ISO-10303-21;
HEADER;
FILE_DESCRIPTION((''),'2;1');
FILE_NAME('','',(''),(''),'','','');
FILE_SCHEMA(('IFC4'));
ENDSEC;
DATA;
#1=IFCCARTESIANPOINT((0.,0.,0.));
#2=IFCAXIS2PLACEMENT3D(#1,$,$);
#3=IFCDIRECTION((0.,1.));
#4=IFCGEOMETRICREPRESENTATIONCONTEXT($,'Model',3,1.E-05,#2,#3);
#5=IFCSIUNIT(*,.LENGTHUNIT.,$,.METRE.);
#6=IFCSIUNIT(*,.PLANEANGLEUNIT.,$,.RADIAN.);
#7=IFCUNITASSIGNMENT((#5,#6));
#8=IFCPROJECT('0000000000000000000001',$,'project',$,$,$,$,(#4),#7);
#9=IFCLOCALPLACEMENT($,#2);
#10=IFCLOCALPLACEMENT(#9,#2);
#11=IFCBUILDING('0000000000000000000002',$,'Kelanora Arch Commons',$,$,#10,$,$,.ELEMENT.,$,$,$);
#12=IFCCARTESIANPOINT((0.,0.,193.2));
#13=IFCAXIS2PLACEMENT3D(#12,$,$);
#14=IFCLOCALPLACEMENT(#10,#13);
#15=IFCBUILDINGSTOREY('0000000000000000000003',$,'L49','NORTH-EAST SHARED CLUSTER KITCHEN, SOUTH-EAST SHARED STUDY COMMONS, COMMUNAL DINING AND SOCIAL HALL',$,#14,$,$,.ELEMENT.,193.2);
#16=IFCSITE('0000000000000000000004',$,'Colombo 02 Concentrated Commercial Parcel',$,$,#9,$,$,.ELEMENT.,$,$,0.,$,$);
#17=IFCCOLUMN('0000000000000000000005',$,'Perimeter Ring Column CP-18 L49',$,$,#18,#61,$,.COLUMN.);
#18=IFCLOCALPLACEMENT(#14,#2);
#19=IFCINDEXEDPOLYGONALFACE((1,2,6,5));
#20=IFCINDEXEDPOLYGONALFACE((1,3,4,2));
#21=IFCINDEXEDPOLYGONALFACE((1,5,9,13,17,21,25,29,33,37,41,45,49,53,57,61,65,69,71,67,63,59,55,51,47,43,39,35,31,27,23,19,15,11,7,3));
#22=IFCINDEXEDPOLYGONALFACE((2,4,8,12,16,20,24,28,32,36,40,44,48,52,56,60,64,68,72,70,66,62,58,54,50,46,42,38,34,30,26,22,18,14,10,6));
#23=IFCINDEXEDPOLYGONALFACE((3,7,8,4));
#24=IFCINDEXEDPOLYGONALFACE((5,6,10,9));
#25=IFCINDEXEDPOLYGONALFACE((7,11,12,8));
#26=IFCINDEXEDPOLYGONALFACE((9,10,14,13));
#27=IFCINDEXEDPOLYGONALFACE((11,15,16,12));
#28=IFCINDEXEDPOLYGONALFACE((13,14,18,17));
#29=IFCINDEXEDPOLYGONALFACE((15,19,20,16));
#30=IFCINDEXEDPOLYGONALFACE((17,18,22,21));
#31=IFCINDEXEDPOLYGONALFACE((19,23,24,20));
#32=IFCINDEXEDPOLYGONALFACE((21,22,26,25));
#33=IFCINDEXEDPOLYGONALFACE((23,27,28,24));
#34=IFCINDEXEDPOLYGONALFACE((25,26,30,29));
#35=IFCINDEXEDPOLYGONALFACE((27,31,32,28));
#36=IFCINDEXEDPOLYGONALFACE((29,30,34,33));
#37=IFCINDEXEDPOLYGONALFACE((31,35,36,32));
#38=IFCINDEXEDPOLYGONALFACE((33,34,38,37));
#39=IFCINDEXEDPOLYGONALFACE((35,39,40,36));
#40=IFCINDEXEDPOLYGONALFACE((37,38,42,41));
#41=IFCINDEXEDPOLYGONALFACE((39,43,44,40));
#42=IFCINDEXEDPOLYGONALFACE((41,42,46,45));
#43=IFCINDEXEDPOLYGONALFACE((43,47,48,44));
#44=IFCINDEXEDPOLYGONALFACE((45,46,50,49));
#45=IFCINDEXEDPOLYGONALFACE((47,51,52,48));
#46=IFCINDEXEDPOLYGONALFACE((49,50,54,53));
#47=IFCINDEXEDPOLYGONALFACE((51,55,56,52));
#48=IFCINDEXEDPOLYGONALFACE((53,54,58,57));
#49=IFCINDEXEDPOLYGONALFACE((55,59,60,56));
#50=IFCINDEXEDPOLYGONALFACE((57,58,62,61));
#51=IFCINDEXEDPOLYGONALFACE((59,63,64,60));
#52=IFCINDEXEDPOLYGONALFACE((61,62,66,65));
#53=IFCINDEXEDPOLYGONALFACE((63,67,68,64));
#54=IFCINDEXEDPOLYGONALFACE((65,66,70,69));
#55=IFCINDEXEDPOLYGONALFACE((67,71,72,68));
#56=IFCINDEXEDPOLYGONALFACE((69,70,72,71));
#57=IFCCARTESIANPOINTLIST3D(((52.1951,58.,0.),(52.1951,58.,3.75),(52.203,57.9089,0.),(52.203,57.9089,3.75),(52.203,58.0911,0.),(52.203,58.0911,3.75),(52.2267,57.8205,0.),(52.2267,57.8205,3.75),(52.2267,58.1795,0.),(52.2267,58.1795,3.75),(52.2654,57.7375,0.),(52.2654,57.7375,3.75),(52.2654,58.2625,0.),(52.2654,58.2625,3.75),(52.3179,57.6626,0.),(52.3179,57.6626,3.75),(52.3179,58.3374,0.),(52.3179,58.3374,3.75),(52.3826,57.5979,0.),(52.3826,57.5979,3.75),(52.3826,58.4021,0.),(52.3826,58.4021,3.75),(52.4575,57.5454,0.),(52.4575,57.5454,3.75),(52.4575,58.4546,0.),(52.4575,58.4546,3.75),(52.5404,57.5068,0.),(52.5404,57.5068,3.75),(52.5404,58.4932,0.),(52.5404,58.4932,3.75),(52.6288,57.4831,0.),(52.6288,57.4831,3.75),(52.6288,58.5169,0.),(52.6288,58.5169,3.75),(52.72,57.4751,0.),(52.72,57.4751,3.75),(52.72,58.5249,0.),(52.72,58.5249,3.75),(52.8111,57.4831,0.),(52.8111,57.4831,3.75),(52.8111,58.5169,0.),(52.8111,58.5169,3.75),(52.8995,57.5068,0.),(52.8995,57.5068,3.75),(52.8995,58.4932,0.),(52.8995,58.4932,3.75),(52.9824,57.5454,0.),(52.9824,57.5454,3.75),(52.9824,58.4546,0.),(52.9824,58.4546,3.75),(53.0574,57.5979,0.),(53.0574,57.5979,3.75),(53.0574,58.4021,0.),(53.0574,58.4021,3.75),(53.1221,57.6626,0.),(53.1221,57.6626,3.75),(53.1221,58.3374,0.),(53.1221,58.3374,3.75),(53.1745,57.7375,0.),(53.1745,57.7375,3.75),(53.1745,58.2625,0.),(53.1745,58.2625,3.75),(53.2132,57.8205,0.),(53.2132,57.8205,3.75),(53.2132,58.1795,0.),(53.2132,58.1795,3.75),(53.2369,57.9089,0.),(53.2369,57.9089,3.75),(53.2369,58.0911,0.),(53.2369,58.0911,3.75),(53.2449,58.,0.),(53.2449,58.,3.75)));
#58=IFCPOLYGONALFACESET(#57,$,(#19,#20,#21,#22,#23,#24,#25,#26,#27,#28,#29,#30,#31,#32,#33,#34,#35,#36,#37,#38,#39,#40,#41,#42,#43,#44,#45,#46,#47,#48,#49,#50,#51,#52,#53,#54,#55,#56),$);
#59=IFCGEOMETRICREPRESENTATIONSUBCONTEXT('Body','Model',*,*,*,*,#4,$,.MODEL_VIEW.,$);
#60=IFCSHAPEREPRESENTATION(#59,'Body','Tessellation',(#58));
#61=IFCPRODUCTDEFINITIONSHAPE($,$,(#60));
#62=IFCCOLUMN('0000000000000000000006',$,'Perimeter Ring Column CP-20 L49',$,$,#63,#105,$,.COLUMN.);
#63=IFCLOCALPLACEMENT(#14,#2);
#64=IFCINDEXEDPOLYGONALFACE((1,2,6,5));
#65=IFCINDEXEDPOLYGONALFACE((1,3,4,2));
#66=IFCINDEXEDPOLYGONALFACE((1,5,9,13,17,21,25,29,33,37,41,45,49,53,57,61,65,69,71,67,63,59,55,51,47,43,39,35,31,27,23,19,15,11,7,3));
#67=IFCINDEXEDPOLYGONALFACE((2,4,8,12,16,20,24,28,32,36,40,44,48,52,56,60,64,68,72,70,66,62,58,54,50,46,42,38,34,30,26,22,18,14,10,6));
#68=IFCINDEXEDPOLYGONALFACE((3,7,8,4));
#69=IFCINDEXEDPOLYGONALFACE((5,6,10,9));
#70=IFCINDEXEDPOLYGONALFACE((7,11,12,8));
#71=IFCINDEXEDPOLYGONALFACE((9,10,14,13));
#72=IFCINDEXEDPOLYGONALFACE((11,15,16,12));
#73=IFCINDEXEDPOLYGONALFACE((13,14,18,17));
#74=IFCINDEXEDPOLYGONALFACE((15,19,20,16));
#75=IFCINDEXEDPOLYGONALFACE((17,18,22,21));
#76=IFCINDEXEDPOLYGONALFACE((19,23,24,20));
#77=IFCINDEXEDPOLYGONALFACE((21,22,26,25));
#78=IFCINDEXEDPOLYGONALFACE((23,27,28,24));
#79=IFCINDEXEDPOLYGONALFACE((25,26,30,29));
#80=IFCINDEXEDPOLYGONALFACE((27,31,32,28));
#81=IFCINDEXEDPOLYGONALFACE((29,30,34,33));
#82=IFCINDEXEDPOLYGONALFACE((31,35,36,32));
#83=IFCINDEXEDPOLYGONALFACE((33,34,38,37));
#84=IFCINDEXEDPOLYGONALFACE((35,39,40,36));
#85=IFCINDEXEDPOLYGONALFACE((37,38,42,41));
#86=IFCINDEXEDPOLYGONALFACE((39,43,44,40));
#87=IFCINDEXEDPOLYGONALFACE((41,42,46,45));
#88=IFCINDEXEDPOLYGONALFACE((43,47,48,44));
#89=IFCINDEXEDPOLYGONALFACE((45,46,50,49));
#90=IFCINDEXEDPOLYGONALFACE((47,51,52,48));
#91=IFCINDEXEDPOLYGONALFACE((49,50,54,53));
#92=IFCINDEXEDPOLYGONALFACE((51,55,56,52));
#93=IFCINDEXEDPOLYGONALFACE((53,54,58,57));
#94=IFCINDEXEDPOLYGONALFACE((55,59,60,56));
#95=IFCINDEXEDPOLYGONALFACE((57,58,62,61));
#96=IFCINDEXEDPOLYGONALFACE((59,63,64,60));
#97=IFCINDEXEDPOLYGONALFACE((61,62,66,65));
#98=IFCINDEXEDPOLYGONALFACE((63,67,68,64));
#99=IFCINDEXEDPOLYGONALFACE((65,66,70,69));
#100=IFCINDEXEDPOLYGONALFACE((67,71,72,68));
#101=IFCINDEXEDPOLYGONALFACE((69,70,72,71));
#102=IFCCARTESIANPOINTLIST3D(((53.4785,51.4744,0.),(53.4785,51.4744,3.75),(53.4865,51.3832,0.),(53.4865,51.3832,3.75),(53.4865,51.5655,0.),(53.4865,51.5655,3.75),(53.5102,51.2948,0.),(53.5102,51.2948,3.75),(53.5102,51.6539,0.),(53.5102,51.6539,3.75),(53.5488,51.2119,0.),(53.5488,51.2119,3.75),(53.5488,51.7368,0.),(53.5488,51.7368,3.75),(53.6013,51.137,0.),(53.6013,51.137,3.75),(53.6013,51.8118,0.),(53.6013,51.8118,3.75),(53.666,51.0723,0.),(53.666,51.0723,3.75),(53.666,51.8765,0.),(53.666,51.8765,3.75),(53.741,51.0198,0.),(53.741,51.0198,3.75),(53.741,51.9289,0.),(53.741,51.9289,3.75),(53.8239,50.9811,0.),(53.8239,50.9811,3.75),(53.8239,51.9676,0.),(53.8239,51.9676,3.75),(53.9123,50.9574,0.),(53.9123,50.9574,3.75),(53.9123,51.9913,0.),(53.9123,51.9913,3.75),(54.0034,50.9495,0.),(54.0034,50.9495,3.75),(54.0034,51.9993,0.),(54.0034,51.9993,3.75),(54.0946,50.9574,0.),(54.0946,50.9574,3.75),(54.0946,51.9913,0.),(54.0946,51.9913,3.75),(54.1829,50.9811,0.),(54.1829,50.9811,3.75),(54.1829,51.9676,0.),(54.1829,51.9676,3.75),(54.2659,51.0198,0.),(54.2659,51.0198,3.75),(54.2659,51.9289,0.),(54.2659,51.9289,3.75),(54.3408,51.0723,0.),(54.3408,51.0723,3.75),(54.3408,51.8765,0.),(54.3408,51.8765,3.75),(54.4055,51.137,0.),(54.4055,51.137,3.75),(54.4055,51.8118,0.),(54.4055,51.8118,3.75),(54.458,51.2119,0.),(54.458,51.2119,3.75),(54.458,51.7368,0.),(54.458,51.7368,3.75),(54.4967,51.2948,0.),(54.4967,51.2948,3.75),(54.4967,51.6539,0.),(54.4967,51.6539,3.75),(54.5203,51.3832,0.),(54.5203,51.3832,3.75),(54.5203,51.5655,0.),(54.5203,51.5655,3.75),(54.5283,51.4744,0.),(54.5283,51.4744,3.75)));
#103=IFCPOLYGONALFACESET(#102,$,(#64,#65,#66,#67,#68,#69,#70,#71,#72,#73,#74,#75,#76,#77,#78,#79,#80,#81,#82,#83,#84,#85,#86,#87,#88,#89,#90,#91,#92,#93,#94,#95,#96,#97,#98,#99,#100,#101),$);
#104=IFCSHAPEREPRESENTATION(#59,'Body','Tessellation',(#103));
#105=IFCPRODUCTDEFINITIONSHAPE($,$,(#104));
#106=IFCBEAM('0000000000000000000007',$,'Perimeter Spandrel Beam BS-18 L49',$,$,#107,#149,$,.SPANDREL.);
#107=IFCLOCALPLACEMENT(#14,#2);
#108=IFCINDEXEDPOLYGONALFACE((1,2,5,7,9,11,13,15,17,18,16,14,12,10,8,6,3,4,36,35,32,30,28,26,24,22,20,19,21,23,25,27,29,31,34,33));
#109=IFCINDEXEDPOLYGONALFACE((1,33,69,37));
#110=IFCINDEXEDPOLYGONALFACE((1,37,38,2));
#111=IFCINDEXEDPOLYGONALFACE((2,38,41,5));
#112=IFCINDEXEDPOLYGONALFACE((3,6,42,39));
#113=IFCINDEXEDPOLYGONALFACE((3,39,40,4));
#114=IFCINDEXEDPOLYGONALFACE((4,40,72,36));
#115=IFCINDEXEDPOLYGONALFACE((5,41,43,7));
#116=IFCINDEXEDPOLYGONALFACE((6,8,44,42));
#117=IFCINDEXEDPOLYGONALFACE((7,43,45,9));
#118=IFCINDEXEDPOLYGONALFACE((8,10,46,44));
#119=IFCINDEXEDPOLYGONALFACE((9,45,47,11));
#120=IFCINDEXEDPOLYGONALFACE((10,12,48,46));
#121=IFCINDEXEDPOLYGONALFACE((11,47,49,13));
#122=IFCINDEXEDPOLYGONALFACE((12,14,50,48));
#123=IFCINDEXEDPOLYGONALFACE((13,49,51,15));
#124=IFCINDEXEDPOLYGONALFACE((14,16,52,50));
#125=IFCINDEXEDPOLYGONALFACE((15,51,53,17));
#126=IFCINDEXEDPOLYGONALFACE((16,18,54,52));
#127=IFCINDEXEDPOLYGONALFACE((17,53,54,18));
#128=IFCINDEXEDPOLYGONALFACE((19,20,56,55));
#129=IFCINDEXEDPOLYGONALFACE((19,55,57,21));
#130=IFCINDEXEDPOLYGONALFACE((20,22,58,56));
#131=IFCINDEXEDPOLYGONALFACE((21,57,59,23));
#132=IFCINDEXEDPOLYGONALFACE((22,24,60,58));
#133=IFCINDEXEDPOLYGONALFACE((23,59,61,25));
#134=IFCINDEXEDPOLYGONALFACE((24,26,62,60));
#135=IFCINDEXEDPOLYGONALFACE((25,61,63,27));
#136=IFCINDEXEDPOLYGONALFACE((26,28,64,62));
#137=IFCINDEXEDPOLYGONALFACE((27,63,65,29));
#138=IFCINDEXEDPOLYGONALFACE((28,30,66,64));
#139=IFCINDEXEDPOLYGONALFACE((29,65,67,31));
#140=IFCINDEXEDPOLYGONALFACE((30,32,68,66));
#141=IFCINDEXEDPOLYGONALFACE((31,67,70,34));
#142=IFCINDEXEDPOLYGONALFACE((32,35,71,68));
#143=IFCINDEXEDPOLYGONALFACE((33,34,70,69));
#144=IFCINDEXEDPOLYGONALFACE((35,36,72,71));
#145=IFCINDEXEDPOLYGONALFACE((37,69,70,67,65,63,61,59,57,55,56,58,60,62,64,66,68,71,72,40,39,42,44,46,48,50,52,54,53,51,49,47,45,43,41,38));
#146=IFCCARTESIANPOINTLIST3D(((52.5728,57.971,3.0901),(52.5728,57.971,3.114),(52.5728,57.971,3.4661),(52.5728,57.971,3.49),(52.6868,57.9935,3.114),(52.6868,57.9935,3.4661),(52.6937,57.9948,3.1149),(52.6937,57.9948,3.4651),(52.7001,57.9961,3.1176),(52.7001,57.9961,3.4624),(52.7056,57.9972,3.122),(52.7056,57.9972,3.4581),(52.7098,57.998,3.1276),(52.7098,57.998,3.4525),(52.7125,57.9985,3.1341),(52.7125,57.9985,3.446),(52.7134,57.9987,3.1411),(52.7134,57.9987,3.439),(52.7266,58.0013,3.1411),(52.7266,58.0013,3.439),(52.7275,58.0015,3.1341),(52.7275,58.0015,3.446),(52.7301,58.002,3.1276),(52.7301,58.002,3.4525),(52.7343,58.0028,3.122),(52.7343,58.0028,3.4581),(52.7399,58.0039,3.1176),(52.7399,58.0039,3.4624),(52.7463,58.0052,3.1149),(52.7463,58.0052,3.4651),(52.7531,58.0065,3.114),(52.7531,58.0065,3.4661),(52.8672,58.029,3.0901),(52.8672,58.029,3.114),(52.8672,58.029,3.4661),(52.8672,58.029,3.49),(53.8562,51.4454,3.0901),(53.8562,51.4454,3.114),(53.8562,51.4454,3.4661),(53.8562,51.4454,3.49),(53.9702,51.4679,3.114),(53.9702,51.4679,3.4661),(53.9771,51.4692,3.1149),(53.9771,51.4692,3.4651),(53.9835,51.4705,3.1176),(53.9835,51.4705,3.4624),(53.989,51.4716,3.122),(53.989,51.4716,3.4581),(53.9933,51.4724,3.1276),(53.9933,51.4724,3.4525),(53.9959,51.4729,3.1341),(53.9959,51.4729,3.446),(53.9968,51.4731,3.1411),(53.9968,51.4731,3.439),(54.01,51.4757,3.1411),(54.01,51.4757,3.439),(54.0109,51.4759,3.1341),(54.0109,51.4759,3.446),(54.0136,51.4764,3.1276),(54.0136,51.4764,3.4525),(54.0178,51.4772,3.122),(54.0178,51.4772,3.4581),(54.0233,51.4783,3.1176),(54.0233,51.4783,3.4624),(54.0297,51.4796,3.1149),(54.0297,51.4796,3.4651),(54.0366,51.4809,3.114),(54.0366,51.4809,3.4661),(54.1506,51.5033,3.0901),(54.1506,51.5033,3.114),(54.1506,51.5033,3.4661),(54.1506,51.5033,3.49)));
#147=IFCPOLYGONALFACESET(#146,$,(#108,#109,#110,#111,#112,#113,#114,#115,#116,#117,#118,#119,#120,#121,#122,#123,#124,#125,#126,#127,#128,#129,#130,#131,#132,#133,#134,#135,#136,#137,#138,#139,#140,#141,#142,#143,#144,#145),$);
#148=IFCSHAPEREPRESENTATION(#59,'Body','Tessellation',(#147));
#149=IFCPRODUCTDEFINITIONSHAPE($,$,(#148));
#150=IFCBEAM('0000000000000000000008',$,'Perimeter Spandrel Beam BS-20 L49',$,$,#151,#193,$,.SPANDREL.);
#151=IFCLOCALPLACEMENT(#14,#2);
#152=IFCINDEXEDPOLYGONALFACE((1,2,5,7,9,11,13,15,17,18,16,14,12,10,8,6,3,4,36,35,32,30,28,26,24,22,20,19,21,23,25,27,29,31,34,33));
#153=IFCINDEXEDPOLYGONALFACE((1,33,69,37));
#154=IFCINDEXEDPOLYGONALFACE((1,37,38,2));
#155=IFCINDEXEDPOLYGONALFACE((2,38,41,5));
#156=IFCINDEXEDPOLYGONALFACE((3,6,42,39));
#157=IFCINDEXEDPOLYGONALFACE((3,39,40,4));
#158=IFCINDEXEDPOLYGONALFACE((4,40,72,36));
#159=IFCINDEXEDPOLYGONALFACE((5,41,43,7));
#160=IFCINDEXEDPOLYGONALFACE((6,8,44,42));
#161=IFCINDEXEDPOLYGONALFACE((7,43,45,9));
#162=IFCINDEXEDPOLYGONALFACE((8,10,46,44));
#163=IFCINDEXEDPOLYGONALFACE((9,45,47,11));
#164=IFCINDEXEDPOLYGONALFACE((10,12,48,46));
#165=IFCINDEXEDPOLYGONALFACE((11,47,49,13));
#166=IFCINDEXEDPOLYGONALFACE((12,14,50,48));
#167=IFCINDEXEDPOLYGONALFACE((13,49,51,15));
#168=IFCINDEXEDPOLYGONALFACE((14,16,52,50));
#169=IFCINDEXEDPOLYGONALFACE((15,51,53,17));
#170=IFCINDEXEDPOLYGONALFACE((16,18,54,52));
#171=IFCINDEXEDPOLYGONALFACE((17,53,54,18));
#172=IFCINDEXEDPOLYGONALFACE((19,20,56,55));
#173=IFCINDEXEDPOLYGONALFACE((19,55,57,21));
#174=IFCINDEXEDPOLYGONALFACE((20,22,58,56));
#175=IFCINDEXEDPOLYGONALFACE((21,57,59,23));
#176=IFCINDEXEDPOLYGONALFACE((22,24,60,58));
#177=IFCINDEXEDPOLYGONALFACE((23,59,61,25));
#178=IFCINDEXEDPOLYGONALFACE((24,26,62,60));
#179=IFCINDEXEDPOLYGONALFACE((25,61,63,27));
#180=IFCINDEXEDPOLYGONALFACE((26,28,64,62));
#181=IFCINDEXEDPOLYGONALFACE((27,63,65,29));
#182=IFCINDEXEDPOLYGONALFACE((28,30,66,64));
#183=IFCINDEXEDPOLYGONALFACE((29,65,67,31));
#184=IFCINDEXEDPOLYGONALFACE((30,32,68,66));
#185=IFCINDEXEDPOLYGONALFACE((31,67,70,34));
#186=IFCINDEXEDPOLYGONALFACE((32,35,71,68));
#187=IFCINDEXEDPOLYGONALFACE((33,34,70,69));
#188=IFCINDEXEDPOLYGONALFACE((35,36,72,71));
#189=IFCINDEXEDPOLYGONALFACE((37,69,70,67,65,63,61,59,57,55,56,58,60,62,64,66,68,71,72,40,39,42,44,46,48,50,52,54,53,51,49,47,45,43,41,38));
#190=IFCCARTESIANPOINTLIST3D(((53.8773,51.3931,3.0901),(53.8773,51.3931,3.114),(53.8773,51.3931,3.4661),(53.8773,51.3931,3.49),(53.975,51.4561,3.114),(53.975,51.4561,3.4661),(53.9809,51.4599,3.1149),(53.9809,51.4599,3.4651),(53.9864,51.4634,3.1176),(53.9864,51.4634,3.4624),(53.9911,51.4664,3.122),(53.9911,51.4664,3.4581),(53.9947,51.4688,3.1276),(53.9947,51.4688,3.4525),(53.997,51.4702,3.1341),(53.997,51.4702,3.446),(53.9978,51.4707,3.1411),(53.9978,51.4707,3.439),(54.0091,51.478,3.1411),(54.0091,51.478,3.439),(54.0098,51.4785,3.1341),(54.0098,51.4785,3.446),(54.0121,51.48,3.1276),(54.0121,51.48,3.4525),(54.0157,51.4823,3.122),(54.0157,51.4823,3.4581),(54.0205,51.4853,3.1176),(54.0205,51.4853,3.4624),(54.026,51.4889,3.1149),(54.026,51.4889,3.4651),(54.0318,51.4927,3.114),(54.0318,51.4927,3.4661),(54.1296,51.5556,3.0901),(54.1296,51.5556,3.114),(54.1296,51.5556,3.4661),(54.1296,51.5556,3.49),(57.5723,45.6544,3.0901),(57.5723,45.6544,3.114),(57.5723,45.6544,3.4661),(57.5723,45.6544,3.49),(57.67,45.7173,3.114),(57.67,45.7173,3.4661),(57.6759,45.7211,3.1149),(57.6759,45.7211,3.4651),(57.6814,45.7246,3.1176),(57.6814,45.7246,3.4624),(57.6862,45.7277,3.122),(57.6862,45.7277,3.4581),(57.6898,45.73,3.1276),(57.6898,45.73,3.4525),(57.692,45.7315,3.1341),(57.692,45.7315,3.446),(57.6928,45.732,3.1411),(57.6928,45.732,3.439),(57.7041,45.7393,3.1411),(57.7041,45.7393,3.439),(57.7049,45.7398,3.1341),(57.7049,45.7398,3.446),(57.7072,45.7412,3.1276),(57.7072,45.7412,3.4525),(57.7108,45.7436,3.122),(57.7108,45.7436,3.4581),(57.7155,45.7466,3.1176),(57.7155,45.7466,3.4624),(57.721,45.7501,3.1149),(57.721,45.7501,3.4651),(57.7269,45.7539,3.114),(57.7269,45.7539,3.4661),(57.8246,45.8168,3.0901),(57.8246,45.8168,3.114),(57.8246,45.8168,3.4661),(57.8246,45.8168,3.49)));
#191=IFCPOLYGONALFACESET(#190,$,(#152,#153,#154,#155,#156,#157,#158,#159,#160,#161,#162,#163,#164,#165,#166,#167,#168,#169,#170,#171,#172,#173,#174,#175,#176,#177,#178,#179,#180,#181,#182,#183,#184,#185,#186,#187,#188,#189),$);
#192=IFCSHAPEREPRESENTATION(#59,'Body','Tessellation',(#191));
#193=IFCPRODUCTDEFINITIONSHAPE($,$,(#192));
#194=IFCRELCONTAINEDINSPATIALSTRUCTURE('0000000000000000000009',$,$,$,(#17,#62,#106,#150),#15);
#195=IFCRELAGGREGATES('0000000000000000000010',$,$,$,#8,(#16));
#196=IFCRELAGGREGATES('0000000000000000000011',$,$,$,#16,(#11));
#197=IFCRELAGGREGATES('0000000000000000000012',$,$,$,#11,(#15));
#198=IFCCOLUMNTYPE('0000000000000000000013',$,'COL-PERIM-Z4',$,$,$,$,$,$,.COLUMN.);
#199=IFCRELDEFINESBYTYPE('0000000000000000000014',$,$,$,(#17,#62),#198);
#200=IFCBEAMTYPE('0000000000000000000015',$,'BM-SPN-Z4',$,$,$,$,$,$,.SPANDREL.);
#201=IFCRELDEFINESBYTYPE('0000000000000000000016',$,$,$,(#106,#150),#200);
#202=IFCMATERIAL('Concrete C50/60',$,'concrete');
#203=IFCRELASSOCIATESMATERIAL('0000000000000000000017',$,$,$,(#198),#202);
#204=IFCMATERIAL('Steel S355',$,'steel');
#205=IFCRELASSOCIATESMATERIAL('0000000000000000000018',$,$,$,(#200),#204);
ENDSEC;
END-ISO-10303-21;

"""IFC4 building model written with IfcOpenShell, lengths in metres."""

from ifc_helpers import new_model, si_unit, direction, frame, origin, origin_2d, place, context, subcontext, project, spatial, circle, i_section, extrude, material, material_profile, profile_set, type_object, element, save


model = new_model("IFC4")

# Units and contexts
model_context = context("Model", 3, precision=1e-05, world=origin(), true_north=direction((0.0, 1.0)))
body_context = subcontext(model_context, "Body", "Model", "MODEL_VIEW")
ifc_project = project(units=[si_unit("LENGTHUNIT", "METRE"), si_unit("PLANEANGLEUNIT", "RADIAN")], contexts=[model_context])

# Site, building, storey
site_placement = place(None, origin())
site = spatial("IfcSite", under=ifc_project, at=site_placement, Name="Colombo 02 Concentrated Commercial Parcel", CompositionType="ELEMENT", RefElevation=0.0)
building_placement = place(site_placement, origin())
building = spatial("IfcBuilding", under=site, at=building_placement, Name="Kelanora Arch Commons", CompositionType="ELEMENT")
storey_placement = place(building_placement, frame((0.0, 0.0, 193.2)))
storey = spatial("IfcBuildingStorey", under=building, at=storey_placement, Name="L49", Description="NORTH-EAST SHARED CLUSTER KITCHEN, SOUTH-EAST SHARED STUDY COMMONS, COMMUNAL DINING AND SOCIAL HALL", CompositionType="ELEMENT", Elevation=193.2)

# Columns
ifc_material_1 = material(Name="Concrete C50/60", Category="concrete")
ifc_material_profile_1 = material_profile(ifc_material_1, circle(Radius=0.5249, at=origin_2d()), Name="RCC1050")
ifc_profile_set_1 = profile_set([ifc_material_profile_1], Name="Concrete C50/60")
column_type = type_object("IfcColumnType", Name="COL-PERIM-Z4", PredefinedType="COLUMN", material=ifc_profile_set_1)
for number, where, z_axis, x_axis, name in (
    (1, (52.72, 58.0, 0.0), (0.0, 0.0, 1.0), (1.0, 0.0, 0.0), "Perimeter Ring Column CP-18 L49"),
    (2, (54.0034, 51.4744, 0.0), (0.0, 0.0, 1.0), (1.0, 0.0, 0.0), "Perimeter Ring Column CP-20 L49"),
):
    element("IfcColumn", number, at=place(storey_placement, frame(where, z_axis=z_axis, x_axis=x_axis)), inside=storey, type_object=column_type, Name=name, PredefinedType="COLUMN", context=body_context, shape_type="SweptSolid", body=[
        extrude(circle(Radius=0.5249, at=origin_2d()), origin(), (0.0, 0.0, 1.0), 3.75),
    ])

# Beams
ifc_material_2 = material(Name="Steel S355", Category="steel")
ifc_material_profile_2 = material_profile(ifc_material_2, i_section(OverallWidth=0.3, OverallDepth=0.3999, WebThickness=0.0134, FlangeThickness=0.0239, FilletRadius=0.0271, at=origin_2d()), Name="HEB400")
ifc_profile_set_2 = profile_set([ifc_material_profile_2], Name="Steel S355")
beam_type = type_object("IfcBeamType", Name="BM-SPN-Z4", PredefinedType="SPANDREL", material=ifc_profile_set_2)
beam_1_placement = place(storey_placement, frame((52.72, 58.0, 3.29), z_axis=(0.192981, -0.981203, 0.0), x_axis=(0.981203, 0.192981, 0.0)))
element("IfcBeam", 3, at=beam_1_placement, inside=storey, type_object=beam_type, Name="Perimeter Spandrel Beam BS-18 L49", PredefinedType="SPANDREL", context=body_context, shape_type="SweptSolid", body=[
    extrude(i_section(OverallWidth=0.3, OverallDepth=0.3999, WebThickness=0.0134, FlangeThickness=0.0239, FilletRadius=0.0271, at=origin_2d()), origin(), (0.0, 0.0, 1.0), 6.6506),
])
beam_2_placement = place(storey_placement, frame((54.0034, 51.4744, 3.29), z_axis=(0.541365, -0.840788, 0.0), x_axis=(0.840788, 0.541365, 0.0)))
element("IfcBeam", 4, at=beam_2_placement, inside=storey, type_object=beam_type, Name="Perimeter Spandrel Beam BS-20 L49", PredefinedType="SPANDREL", context=body_context, shape_type="SweptSolid", body=[
    extrude(i_section(OverallWidth=0.3, OverallDepth=0.3999, WebThickness=0.0134, FlangeThickness=0.0239, FilletRadius=0.0271, at=origin_2d()), origin(), (0.0, 0.0, 1.0), 6.8254),
])

save(model, "model.ifc")
